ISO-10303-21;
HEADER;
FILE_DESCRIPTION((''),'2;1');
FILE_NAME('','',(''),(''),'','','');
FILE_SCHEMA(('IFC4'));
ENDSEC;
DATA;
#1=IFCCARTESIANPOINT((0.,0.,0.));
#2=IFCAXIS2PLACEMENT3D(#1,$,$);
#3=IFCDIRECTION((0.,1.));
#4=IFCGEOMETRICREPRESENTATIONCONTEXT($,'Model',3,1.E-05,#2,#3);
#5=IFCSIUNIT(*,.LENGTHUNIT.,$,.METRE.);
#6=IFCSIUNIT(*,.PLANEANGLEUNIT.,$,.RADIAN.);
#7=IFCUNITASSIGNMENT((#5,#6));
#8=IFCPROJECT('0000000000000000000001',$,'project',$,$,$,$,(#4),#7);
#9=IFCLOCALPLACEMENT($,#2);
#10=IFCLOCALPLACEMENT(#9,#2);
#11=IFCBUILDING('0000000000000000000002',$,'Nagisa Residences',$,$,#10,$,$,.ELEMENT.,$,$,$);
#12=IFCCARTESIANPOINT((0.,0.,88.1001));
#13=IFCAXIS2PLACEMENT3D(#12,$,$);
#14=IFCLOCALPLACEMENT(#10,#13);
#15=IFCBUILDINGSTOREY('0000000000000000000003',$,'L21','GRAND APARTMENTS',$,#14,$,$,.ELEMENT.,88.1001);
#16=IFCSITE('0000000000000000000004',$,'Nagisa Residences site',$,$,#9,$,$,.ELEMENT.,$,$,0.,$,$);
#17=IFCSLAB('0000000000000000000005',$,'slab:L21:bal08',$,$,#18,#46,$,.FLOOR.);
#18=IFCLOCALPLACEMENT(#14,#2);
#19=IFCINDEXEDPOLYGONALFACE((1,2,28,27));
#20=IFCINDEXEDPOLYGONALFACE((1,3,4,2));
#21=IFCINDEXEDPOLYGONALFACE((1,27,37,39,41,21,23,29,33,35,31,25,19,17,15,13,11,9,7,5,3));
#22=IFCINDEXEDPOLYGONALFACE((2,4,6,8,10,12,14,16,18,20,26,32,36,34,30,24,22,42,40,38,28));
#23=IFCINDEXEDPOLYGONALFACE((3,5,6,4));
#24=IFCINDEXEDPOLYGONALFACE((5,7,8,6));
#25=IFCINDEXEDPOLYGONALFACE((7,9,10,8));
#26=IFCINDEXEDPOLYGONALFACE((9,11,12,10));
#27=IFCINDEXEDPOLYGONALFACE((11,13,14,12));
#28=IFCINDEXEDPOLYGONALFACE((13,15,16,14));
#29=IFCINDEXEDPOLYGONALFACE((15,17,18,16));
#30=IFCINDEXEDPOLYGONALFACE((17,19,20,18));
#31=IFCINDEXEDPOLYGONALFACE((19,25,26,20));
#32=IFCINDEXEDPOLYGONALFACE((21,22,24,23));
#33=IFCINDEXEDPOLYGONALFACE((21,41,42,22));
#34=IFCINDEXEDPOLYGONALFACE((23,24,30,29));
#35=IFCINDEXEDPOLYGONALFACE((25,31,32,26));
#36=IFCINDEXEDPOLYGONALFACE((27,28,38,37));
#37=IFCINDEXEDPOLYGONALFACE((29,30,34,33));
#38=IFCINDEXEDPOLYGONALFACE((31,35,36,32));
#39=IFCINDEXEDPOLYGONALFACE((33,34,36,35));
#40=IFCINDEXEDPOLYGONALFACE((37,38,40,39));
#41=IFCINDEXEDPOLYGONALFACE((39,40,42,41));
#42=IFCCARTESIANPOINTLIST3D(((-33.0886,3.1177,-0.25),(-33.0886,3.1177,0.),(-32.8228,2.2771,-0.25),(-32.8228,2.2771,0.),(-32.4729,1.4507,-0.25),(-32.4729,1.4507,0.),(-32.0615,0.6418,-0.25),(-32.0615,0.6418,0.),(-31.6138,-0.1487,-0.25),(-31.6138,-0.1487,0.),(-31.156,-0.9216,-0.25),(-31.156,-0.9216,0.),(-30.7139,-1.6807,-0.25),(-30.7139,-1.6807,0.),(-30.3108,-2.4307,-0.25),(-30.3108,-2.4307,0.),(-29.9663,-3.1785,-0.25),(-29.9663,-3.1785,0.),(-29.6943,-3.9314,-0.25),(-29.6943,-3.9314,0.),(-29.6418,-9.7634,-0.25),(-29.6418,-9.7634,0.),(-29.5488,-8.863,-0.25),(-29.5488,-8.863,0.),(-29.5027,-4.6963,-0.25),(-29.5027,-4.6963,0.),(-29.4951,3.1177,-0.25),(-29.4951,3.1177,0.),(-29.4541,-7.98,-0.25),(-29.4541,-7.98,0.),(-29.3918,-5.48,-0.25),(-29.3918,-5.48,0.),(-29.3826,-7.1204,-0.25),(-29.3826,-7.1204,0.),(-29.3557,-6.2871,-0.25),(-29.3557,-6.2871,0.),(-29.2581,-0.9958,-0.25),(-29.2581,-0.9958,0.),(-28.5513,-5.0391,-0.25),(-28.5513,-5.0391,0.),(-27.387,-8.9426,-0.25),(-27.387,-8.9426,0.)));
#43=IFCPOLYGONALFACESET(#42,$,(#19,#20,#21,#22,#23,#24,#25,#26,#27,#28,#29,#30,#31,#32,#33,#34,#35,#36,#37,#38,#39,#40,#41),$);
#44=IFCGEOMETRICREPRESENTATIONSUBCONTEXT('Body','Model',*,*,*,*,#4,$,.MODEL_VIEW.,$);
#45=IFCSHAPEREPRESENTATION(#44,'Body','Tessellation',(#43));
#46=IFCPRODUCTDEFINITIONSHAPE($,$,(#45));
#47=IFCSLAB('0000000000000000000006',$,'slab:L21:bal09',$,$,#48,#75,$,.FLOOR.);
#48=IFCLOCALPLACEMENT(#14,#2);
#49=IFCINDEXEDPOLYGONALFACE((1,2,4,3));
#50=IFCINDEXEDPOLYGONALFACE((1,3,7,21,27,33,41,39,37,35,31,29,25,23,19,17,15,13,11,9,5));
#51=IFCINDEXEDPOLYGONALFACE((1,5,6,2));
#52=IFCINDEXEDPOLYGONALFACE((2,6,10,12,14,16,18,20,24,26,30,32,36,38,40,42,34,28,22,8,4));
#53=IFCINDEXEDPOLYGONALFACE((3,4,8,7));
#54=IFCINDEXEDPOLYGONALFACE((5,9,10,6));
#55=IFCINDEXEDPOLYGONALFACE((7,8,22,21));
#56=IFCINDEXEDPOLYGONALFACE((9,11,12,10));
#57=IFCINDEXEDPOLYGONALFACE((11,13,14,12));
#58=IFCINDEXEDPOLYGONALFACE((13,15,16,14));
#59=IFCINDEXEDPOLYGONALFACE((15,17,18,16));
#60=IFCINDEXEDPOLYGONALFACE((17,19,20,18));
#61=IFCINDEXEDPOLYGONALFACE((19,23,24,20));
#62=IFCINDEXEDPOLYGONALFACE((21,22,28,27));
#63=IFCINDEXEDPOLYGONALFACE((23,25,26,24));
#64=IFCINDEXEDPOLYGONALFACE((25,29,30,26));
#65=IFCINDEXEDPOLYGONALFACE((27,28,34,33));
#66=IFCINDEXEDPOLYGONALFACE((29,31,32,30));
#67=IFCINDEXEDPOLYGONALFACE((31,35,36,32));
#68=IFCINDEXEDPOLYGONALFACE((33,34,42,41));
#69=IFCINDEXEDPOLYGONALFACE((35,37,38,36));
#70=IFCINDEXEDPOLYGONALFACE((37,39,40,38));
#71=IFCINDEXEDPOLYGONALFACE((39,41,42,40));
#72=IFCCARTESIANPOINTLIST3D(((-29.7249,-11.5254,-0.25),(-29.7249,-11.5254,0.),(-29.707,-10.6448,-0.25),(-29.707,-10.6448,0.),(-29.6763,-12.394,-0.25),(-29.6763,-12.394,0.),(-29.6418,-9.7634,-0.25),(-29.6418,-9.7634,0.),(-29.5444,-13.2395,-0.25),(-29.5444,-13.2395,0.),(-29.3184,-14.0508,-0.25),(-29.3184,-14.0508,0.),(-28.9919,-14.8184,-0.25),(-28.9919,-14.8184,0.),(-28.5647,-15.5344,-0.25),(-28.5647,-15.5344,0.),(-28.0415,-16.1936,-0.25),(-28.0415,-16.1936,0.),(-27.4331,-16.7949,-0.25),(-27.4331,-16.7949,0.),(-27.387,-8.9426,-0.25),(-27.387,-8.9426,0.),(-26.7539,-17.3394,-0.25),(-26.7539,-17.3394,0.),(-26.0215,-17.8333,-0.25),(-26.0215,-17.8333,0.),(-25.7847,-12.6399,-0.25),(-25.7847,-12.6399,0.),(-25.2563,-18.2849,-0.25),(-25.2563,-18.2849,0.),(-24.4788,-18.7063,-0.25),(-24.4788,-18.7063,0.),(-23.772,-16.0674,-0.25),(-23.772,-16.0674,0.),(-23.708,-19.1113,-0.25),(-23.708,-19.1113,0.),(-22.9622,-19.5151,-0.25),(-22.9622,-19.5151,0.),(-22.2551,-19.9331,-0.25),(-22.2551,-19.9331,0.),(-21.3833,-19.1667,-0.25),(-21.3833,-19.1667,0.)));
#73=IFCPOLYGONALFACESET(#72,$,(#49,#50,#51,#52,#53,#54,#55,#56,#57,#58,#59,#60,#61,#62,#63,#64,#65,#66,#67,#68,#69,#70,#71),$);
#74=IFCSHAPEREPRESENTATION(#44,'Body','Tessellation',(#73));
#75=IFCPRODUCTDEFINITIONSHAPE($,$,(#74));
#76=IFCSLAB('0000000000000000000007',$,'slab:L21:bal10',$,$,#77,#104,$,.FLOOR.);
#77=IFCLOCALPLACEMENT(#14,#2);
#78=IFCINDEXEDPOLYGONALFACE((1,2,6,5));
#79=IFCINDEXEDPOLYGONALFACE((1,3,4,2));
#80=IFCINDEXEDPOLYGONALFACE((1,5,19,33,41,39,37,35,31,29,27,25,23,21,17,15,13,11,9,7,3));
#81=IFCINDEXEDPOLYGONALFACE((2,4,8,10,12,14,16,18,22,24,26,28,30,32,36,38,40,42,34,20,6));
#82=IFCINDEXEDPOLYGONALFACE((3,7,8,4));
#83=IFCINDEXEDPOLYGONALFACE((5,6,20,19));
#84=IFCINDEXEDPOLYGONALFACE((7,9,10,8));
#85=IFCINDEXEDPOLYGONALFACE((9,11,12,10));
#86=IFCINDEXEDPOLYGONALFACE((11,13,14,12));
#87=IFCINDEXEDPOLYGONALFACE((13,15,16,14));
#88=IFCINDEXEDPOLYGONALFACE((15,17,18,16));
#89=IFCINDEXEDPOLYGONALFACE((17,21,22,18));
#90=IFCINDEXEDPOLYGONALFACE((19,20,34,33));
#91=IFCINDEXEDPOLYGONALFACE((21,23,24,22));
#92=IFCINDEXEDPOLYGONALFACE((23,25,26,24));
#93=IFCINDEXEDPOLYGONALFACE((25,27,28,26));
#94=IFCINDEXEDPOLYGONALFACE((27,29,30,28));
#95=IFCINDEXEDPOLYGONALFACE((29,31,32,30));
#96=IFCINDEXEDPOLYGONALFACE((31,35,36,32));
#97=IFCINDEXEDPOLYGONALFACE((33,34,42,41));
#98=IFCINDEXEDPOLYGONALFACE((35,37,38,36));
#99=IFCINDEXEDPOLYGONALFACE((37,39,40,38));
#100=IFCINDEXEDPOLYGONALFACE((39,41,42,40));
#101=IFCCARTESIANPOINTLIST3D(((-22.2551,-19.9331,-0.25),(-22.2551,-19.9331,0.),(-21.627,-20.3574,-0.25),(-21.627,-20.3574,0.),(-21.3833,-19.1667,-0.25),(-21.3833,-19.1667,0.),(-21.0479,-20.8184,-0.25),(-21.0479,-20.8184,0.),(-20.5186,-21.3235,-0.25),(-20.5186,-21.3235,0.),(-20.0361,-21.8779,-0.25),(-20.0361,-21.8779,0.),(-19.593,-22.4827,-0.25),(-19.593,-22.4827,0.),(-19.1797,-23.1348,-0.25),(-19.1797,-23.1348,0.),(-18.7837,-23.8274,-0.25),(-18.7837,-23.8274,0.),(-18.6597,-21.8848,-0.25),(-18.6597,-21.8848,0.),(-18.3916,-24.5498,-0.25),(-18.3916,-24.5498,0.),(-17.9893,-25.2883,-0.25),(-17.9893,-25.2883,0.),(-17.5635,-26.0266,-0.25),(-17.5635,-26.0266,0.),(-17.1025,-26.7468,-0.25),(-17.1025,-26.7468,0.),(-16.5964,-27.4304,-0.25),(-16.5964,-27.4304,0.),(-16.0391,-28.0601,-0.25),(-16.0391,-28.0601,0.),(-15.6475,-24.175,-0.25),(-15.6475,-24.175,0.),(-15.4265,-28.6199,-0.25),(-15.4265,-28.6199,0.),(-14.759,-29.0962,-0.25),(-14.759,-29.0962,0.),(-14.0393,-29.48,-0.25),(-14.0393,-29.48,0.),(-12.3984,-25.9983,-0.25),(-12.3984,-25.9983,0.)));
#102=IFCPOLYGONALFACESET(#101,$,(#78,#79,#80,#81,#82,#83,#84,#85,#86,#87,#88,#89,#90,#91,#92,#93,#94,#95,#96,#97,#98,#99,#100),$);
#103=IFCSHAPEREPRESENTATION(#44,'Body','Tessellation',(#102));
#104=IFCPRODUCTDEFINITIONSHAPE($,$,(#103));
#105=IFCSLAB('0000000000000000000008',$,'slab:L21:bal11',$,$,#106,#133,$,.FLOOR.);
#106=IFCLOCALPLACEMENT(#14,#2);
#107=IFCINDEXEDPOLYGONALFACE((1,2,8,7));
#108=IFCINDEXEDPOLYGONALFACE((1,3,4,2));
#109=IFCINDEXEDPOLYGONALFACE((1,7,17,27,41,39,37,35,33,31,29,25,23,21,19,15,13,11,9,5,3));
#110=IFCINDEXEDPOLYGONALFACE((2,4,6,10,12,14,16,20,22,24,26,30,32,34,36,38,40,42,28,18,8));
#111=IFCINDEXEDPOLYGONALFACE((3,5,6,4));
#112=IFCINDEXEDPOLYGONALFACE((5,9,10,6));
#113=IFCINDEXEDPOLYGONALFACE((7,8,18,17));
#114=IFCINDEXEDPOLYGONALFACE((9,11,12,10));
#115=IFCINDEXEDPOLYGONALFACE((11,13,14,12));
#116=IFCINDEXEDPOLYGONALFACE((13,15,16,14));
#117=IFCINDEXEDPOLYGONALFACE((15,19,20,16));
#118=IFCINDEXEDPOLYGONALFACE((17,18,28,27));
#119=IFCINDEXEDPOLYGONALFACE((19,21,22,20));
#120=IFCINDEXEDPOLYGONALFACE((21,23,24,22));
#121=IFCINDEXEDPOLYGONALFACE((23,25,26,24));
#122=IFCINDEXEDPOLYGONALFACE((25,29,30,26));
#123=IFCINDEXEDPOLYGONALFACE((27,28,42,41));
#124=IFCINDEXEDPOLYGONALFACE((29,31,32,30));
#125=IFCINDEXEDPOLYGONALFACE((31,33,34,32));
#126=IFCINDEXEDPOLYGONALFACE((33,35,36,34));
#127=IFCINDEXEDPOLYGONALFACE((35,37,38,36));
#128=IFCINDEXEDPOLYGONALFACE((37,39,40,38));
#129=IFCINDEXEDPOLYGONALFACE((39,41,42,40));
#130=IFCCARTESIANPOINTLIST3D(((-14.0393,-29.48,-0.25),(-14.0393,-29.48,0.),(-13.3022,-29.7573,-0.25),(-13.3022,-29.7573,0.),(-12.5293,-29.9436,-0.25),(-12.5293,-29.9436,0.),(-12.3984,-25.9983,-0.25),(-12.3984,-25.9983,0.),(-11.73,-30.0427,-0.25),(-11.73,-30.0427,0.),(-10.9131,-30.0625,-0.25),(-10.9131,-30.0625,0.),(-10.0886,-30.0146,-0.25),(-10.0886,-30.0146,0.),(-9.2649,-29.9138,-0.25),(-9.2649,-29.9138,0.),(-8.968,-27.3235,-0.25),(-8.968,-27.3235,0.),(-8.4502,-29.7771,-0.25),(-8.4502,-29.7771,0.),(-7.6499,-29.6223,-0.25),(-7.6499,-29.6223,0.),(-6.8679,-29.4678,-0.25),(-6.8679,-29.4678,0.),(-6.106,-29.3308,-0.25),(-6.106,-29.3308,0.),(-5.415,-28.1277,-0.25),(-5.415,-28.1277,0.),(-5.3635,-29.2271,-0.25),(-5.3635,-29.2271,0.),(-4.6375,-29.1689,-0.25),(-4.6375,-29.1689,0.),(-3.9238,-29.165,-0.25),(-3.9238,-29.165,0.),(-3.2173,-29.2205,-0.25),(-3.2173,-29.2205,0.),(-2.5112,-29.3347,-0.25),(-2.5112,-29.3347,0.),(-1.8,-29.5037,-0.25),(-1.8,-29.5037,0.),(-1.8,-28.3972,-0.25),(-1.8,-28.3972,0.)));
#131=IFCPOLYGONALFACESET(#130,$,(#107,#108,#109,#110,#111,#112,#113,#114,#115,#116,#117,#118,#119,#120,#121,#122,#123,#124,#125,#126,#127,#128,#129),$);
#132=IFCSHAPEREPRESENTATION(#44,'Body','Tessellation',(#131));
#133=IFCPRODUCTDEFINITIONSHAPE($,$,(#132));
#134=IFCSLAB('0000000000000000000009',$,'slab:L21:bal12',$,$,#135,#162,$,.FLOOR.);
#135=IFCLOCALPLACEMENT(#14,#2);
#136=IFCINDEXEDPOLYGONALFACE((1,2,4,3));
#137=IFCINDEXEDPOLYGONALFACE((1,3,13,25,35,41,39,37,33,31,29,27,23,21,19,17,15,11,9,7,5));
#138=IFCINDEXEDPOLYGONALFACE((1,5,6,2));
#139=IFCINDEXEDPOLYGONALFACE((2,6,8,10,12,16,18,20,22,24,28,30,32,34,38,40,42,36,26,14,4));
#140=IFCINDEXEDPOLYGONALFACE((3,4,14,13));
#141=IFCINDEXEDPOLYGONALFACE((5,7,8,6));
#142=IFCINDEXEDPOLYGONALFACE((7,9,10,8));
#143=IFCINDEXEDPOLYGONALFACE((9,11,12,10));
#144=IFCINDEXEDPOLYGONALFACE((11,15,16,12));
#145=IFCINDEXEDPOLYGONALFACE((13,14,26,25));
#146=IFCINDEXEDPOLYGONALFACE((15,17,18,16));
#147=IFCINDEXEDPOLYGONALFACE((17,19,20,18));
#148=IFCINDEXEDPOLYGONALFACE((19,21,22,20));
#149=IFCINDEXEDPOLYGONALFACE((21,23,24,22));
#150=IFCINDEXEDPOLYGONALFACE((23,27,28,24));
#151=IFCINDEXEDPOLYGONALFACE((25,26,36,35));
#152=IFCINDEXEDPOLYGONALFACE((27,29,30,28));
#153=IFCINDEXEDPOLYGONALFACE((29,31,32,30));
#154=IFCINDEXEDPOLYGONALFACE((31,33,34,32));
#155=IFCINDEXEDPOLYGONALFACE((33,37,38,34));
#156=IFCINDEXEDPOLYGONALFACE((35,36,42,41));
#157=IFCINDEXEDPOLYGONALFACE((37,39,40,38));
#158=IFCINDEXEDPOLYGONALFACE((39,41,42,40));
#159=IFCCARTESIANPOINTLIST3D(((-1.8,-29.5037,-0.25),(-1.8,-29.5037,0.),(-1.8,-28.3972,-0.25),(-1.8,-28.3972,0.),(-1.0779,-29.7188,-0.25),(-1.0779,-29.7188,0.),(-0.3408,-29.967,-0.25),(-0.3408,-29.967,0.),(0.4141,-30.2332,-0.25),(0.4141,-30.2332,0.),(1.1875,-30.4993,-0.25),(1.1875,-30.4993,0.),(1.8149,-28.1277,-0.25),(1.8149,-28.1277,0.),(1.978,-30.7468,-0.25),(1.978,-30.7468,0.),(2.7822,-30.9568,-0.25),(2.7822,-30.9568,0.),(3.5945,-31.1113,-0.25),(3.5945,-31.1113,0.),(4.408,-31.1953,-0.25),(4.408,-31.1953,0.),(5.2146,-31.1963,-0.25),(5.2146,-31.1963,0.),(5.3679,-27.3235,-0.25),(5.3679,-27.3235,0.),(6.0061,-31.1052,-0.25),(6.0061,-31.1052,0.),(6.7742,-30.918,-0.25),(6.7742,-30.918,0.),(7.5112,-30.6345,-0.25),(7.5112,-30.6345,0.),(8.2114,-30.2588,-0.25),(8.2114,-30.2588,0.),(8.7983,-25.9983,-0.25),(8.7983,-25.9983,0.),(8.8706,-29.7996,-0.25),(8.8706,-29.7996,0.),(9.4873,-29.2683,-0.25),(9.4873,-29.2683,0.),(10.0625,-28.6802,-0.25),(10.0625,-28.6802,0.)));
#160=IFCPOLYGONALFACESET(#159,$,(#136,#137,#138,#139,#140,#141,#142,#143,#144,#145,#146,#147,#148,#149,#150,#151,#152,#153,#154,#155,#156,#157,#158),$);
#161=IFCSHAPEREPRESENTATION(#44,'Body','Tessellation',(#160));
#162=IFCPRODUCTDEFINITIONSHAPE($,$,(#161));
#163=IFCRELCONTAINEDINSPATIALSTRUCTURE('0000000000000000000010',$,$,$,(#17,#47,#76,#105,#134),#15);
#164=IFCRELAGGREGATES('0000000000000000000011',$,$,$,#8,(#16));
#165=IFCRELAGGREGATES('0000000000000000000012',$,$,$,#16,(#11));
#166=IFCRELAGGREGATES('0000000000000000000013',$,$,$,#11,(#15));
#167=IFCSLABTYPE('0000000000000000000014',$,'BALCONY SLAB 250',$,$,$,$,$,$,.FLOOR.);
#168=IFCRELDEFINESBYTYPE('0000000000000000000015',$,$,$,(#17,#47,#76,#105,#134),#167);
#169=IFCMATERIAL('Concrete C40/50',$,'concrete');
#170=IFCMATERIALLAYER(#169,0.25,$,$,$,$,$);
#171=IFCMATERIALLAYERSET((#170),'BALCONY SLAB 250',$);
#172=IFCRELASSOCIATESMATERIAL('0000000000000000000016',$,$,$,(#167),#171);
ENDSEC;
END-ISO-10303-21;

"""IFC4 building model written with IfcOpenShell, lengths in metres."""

from ifc_helpers import new_model, si_unit, direction, frame, origin, place, context, subcontext, project, spatial, polyline, outline, extrude, material, layer, layer_set, type_object, element, save


model = new_model("IFC4")

# Units and contexts
model_context = context("Model", 3, precision=1e-05, world=origin(), true_north=direction((0.0, 1.0)))
body_context = subcontext(model_context, "Body", "Model", "MODEL_VIEW")
ifc_project = project(units=[si_unit("LENGTHUNIT", "METRE"), si_unit("PLANEANGLEUNIT", "RADIAN")], contexts=[model_context])

# Site, building, storey
site_placement = place(None, origin())
site = spatial("IfcSite", under=ifc_project, at=site_placement, Name="Nagisa Residences site", CompositionType="ELEMENT", RefElevation=0.0)
building_placement = place(site_placement, origin())
building = spatial("IfcBuilding", under=site, at=building_placement, Name="Nagisa Residences", CompositionType="ELEMENT")
storey_placement = place(building_placement, frame((0.0, 0.0, 88.1001)))
storey = spatial("IfcBuildingStorey", under=building, at=storey_placement, Name="L21", Description="GRAND APARTMENTS", CompositionType="ELEMENT", Elevation=88.1001)

# Slabs
ifc_material_1 = material(Name="Concrete C40/50", Category="concrete")
ifc_layer_1 = layer(ifc_material_1, 0.25)
ifc_layer_set_1 = layer_set([ifc_layer_1], Name="BALCONY SLAB 250")
slab_type = type_object("IfcSlabType", Name="BALCONY SLAB 250", PredefinedType="FLOOR", material=ifc_layer_set_1)
slab_1_placement = place(storey_placement, frame((0.0, 0.0, -0.25)))
element("IfcSlab", 1, at=slab_1_placement, inside=storey, type_object=slab_type, Name="slab:L21:bal08", PredefinedType="FLOOR", context=body_context, shape_type="SweptSolid", body=[
    extrude(outline(polyline([(-33.0886, 3.1177), (-32.8228, 2.2771), (-32.4729, 1.4507), (-32.0615, 0.6418), (-31.6138, -0.1487), (-31.156, -0.9216), (-30.7139, -1.6807), (-30.3108, -2.4307), (-29.9663, -3.1785), (-29.6943, -3.9314), (-29.5027, -4.6963), (-29.3918, -5.48), (-29.3557, -6.2871), (-29.3826, -7.1204), (-29.4541, -7.98), (-29.5488, -8.863), (-29.6418, -9.7634), (-27.387, -8.9426), (-28.5513, -5.0391), (-29.2581, -0.9958), (-29.4951, 3.1177), (-33.0886, 3.1177)])), origin(), (0.0, 0.0, 1.0), 0.25),
])
slab_2_placement = place(storey_placement, frame((0.0, 0.0, -0.25)))
element("IfcSlab", 2, at=slab_2_placement, inside=storey, type_object=slab_type, Name="slab:L21:bal09", PredefinedType="FLOOR", context=body_context, shape_type="SweptSolid", body=[
    extrude(outline(polyline([(-29.6418, -9.7634), (-29.707, -10.6448), (-29.7249, -11.5254), (-29.6763, -12.394), (-29.5444, -13.2395), (-29.3184, -14.0508), (-28.9919, -14.8184), (-28.5647, -15.5344), (-28.0415, -16.1936), (-27.4331, -16.7949), (-26.7539, -17.3394), (-26.0215, -17.8333), (-25.2563, -18.2849), (-24.4788, -18.7063), (-23.708, -19.1113), (-22.9622, -19.5151), (-22.2551, -19.9331), (-21.3833, -19.1667), (-23.772, -16.0674), (-25.7847, -12.6399), (-27.387, -8.9426), (-29.6418, -9.7634)])), origin(), (0.0, 0.0, 1.0), 0.25),
])
slab_3_placement = place(storey_placement, frame((0.0, 0.0, -0.25)))
element("IfcSlab", 3, at=slab_3_placement, inside=storey, type_object=slab_type, Name="slab:L21:bal10", PredefinedType="FLOOR", context=body_context, shape_type="SweptSolid", body=[
    extrude(outline(polyline([(-22.2551, -19.9331), (-21.627, -20.3574), (-21.0479, -20.8184), (-20.5186, -21.3235), (-20.0361, -21.8779), (-19.593, -22.4827), (-19.1797, -23.1348), (-18.7837, -23.8274), (-18.3916, -24.5498), (-17.9893, -25.2883), (-17.5635, -26.0266), (-17.1025, -26.7468), (-16.5964, -27.4304), (-16.0391, -28.0601), (-15.4265, -28.6199), (-14.759, -29.0962), (-14.0393, -29.48), (-12.3984, -25.9983), (-15.6475, -24.175), (-18.6597, -21.8848), (-21.3833, -19.1667), (-22.2551, -19.9331)])), origin(), (0.0, 0.0, 1.0), 0.25),
])
slab_4_placement = place(storey_placement, frame((0.0, 0.0, -0.25)))
element("IfcSlab", 4, at=slab_4_placement, inside=storey, type_object=slab_type, Name="slab:L21:bal11", PredefinedType="FLOOR", context=body_context, shape_type="SweptSolid", body=[
    extrude(outline(polyline([(-14.0393, -29.48), (-13.3022, -29.7573), (-12.5293, -29.9436), (-11.73, -30.0427), (-10.9131, -30.0625), (-10.0886, -30.0146), (-9.2649, -29.9138), (-8.4502, -29.7771), (-7.6499, -29.6223), (-6.8679, -29.4678), (-6.106, -29.3308), (-5.3635, -29.2271), (-4.6375, -29.1689), (-3.9238, -29.165), (-3.2173, -29.2205), (-2.5112, -29.3347), (-1.8, -29.5037), (-1.8, -28.3972), (-5.415, -28.1277), (-8.968, -27.3235), (-12.3984, -25.9983), (-14.0393, -29.48)])), origin(), (0.0, 0.0, 1.0), 0.25),
])
slab_5_placement = place(storey_placement, frame((0.0, 0.0, -0.25)))
element("IfcSlab", 5, at=slab_5_placement, inside=storey, type_object=slab_type, Name="slab:L21:bal12", PredefinedType="FLOOR", context=body_context, shape_type="SweptSolid", body=[
    extrude(outline(polyline([(-1.8, -29.5037), (-1.0779, -29.7188), (-0.3408, -29.967), (0.4141, -30.2332), (1.1875, -30.4993), (1.978, -30.7468), (2.7822, -30.9568), (3.5945, -31.1113), (4.408, -31.1953), (5.2146, -31.1963), (6.0061, -31.1052), (6.7742, -30.918), (7.5112, -30.6345), (8.2114, -30.2588), (8.8706, -29.7996), (9.4873, -29.2683), (10.0625, -28.6802), (8.7983, -25.9983), (5.3679, -27.3235), (1.8149, -28.1277), (-1.8, -28.3972), (-1.8, -29.5037)])), origin(), (0.0, 0.0, 1.0), 0.25),
])

save(model, "model.ifc")
